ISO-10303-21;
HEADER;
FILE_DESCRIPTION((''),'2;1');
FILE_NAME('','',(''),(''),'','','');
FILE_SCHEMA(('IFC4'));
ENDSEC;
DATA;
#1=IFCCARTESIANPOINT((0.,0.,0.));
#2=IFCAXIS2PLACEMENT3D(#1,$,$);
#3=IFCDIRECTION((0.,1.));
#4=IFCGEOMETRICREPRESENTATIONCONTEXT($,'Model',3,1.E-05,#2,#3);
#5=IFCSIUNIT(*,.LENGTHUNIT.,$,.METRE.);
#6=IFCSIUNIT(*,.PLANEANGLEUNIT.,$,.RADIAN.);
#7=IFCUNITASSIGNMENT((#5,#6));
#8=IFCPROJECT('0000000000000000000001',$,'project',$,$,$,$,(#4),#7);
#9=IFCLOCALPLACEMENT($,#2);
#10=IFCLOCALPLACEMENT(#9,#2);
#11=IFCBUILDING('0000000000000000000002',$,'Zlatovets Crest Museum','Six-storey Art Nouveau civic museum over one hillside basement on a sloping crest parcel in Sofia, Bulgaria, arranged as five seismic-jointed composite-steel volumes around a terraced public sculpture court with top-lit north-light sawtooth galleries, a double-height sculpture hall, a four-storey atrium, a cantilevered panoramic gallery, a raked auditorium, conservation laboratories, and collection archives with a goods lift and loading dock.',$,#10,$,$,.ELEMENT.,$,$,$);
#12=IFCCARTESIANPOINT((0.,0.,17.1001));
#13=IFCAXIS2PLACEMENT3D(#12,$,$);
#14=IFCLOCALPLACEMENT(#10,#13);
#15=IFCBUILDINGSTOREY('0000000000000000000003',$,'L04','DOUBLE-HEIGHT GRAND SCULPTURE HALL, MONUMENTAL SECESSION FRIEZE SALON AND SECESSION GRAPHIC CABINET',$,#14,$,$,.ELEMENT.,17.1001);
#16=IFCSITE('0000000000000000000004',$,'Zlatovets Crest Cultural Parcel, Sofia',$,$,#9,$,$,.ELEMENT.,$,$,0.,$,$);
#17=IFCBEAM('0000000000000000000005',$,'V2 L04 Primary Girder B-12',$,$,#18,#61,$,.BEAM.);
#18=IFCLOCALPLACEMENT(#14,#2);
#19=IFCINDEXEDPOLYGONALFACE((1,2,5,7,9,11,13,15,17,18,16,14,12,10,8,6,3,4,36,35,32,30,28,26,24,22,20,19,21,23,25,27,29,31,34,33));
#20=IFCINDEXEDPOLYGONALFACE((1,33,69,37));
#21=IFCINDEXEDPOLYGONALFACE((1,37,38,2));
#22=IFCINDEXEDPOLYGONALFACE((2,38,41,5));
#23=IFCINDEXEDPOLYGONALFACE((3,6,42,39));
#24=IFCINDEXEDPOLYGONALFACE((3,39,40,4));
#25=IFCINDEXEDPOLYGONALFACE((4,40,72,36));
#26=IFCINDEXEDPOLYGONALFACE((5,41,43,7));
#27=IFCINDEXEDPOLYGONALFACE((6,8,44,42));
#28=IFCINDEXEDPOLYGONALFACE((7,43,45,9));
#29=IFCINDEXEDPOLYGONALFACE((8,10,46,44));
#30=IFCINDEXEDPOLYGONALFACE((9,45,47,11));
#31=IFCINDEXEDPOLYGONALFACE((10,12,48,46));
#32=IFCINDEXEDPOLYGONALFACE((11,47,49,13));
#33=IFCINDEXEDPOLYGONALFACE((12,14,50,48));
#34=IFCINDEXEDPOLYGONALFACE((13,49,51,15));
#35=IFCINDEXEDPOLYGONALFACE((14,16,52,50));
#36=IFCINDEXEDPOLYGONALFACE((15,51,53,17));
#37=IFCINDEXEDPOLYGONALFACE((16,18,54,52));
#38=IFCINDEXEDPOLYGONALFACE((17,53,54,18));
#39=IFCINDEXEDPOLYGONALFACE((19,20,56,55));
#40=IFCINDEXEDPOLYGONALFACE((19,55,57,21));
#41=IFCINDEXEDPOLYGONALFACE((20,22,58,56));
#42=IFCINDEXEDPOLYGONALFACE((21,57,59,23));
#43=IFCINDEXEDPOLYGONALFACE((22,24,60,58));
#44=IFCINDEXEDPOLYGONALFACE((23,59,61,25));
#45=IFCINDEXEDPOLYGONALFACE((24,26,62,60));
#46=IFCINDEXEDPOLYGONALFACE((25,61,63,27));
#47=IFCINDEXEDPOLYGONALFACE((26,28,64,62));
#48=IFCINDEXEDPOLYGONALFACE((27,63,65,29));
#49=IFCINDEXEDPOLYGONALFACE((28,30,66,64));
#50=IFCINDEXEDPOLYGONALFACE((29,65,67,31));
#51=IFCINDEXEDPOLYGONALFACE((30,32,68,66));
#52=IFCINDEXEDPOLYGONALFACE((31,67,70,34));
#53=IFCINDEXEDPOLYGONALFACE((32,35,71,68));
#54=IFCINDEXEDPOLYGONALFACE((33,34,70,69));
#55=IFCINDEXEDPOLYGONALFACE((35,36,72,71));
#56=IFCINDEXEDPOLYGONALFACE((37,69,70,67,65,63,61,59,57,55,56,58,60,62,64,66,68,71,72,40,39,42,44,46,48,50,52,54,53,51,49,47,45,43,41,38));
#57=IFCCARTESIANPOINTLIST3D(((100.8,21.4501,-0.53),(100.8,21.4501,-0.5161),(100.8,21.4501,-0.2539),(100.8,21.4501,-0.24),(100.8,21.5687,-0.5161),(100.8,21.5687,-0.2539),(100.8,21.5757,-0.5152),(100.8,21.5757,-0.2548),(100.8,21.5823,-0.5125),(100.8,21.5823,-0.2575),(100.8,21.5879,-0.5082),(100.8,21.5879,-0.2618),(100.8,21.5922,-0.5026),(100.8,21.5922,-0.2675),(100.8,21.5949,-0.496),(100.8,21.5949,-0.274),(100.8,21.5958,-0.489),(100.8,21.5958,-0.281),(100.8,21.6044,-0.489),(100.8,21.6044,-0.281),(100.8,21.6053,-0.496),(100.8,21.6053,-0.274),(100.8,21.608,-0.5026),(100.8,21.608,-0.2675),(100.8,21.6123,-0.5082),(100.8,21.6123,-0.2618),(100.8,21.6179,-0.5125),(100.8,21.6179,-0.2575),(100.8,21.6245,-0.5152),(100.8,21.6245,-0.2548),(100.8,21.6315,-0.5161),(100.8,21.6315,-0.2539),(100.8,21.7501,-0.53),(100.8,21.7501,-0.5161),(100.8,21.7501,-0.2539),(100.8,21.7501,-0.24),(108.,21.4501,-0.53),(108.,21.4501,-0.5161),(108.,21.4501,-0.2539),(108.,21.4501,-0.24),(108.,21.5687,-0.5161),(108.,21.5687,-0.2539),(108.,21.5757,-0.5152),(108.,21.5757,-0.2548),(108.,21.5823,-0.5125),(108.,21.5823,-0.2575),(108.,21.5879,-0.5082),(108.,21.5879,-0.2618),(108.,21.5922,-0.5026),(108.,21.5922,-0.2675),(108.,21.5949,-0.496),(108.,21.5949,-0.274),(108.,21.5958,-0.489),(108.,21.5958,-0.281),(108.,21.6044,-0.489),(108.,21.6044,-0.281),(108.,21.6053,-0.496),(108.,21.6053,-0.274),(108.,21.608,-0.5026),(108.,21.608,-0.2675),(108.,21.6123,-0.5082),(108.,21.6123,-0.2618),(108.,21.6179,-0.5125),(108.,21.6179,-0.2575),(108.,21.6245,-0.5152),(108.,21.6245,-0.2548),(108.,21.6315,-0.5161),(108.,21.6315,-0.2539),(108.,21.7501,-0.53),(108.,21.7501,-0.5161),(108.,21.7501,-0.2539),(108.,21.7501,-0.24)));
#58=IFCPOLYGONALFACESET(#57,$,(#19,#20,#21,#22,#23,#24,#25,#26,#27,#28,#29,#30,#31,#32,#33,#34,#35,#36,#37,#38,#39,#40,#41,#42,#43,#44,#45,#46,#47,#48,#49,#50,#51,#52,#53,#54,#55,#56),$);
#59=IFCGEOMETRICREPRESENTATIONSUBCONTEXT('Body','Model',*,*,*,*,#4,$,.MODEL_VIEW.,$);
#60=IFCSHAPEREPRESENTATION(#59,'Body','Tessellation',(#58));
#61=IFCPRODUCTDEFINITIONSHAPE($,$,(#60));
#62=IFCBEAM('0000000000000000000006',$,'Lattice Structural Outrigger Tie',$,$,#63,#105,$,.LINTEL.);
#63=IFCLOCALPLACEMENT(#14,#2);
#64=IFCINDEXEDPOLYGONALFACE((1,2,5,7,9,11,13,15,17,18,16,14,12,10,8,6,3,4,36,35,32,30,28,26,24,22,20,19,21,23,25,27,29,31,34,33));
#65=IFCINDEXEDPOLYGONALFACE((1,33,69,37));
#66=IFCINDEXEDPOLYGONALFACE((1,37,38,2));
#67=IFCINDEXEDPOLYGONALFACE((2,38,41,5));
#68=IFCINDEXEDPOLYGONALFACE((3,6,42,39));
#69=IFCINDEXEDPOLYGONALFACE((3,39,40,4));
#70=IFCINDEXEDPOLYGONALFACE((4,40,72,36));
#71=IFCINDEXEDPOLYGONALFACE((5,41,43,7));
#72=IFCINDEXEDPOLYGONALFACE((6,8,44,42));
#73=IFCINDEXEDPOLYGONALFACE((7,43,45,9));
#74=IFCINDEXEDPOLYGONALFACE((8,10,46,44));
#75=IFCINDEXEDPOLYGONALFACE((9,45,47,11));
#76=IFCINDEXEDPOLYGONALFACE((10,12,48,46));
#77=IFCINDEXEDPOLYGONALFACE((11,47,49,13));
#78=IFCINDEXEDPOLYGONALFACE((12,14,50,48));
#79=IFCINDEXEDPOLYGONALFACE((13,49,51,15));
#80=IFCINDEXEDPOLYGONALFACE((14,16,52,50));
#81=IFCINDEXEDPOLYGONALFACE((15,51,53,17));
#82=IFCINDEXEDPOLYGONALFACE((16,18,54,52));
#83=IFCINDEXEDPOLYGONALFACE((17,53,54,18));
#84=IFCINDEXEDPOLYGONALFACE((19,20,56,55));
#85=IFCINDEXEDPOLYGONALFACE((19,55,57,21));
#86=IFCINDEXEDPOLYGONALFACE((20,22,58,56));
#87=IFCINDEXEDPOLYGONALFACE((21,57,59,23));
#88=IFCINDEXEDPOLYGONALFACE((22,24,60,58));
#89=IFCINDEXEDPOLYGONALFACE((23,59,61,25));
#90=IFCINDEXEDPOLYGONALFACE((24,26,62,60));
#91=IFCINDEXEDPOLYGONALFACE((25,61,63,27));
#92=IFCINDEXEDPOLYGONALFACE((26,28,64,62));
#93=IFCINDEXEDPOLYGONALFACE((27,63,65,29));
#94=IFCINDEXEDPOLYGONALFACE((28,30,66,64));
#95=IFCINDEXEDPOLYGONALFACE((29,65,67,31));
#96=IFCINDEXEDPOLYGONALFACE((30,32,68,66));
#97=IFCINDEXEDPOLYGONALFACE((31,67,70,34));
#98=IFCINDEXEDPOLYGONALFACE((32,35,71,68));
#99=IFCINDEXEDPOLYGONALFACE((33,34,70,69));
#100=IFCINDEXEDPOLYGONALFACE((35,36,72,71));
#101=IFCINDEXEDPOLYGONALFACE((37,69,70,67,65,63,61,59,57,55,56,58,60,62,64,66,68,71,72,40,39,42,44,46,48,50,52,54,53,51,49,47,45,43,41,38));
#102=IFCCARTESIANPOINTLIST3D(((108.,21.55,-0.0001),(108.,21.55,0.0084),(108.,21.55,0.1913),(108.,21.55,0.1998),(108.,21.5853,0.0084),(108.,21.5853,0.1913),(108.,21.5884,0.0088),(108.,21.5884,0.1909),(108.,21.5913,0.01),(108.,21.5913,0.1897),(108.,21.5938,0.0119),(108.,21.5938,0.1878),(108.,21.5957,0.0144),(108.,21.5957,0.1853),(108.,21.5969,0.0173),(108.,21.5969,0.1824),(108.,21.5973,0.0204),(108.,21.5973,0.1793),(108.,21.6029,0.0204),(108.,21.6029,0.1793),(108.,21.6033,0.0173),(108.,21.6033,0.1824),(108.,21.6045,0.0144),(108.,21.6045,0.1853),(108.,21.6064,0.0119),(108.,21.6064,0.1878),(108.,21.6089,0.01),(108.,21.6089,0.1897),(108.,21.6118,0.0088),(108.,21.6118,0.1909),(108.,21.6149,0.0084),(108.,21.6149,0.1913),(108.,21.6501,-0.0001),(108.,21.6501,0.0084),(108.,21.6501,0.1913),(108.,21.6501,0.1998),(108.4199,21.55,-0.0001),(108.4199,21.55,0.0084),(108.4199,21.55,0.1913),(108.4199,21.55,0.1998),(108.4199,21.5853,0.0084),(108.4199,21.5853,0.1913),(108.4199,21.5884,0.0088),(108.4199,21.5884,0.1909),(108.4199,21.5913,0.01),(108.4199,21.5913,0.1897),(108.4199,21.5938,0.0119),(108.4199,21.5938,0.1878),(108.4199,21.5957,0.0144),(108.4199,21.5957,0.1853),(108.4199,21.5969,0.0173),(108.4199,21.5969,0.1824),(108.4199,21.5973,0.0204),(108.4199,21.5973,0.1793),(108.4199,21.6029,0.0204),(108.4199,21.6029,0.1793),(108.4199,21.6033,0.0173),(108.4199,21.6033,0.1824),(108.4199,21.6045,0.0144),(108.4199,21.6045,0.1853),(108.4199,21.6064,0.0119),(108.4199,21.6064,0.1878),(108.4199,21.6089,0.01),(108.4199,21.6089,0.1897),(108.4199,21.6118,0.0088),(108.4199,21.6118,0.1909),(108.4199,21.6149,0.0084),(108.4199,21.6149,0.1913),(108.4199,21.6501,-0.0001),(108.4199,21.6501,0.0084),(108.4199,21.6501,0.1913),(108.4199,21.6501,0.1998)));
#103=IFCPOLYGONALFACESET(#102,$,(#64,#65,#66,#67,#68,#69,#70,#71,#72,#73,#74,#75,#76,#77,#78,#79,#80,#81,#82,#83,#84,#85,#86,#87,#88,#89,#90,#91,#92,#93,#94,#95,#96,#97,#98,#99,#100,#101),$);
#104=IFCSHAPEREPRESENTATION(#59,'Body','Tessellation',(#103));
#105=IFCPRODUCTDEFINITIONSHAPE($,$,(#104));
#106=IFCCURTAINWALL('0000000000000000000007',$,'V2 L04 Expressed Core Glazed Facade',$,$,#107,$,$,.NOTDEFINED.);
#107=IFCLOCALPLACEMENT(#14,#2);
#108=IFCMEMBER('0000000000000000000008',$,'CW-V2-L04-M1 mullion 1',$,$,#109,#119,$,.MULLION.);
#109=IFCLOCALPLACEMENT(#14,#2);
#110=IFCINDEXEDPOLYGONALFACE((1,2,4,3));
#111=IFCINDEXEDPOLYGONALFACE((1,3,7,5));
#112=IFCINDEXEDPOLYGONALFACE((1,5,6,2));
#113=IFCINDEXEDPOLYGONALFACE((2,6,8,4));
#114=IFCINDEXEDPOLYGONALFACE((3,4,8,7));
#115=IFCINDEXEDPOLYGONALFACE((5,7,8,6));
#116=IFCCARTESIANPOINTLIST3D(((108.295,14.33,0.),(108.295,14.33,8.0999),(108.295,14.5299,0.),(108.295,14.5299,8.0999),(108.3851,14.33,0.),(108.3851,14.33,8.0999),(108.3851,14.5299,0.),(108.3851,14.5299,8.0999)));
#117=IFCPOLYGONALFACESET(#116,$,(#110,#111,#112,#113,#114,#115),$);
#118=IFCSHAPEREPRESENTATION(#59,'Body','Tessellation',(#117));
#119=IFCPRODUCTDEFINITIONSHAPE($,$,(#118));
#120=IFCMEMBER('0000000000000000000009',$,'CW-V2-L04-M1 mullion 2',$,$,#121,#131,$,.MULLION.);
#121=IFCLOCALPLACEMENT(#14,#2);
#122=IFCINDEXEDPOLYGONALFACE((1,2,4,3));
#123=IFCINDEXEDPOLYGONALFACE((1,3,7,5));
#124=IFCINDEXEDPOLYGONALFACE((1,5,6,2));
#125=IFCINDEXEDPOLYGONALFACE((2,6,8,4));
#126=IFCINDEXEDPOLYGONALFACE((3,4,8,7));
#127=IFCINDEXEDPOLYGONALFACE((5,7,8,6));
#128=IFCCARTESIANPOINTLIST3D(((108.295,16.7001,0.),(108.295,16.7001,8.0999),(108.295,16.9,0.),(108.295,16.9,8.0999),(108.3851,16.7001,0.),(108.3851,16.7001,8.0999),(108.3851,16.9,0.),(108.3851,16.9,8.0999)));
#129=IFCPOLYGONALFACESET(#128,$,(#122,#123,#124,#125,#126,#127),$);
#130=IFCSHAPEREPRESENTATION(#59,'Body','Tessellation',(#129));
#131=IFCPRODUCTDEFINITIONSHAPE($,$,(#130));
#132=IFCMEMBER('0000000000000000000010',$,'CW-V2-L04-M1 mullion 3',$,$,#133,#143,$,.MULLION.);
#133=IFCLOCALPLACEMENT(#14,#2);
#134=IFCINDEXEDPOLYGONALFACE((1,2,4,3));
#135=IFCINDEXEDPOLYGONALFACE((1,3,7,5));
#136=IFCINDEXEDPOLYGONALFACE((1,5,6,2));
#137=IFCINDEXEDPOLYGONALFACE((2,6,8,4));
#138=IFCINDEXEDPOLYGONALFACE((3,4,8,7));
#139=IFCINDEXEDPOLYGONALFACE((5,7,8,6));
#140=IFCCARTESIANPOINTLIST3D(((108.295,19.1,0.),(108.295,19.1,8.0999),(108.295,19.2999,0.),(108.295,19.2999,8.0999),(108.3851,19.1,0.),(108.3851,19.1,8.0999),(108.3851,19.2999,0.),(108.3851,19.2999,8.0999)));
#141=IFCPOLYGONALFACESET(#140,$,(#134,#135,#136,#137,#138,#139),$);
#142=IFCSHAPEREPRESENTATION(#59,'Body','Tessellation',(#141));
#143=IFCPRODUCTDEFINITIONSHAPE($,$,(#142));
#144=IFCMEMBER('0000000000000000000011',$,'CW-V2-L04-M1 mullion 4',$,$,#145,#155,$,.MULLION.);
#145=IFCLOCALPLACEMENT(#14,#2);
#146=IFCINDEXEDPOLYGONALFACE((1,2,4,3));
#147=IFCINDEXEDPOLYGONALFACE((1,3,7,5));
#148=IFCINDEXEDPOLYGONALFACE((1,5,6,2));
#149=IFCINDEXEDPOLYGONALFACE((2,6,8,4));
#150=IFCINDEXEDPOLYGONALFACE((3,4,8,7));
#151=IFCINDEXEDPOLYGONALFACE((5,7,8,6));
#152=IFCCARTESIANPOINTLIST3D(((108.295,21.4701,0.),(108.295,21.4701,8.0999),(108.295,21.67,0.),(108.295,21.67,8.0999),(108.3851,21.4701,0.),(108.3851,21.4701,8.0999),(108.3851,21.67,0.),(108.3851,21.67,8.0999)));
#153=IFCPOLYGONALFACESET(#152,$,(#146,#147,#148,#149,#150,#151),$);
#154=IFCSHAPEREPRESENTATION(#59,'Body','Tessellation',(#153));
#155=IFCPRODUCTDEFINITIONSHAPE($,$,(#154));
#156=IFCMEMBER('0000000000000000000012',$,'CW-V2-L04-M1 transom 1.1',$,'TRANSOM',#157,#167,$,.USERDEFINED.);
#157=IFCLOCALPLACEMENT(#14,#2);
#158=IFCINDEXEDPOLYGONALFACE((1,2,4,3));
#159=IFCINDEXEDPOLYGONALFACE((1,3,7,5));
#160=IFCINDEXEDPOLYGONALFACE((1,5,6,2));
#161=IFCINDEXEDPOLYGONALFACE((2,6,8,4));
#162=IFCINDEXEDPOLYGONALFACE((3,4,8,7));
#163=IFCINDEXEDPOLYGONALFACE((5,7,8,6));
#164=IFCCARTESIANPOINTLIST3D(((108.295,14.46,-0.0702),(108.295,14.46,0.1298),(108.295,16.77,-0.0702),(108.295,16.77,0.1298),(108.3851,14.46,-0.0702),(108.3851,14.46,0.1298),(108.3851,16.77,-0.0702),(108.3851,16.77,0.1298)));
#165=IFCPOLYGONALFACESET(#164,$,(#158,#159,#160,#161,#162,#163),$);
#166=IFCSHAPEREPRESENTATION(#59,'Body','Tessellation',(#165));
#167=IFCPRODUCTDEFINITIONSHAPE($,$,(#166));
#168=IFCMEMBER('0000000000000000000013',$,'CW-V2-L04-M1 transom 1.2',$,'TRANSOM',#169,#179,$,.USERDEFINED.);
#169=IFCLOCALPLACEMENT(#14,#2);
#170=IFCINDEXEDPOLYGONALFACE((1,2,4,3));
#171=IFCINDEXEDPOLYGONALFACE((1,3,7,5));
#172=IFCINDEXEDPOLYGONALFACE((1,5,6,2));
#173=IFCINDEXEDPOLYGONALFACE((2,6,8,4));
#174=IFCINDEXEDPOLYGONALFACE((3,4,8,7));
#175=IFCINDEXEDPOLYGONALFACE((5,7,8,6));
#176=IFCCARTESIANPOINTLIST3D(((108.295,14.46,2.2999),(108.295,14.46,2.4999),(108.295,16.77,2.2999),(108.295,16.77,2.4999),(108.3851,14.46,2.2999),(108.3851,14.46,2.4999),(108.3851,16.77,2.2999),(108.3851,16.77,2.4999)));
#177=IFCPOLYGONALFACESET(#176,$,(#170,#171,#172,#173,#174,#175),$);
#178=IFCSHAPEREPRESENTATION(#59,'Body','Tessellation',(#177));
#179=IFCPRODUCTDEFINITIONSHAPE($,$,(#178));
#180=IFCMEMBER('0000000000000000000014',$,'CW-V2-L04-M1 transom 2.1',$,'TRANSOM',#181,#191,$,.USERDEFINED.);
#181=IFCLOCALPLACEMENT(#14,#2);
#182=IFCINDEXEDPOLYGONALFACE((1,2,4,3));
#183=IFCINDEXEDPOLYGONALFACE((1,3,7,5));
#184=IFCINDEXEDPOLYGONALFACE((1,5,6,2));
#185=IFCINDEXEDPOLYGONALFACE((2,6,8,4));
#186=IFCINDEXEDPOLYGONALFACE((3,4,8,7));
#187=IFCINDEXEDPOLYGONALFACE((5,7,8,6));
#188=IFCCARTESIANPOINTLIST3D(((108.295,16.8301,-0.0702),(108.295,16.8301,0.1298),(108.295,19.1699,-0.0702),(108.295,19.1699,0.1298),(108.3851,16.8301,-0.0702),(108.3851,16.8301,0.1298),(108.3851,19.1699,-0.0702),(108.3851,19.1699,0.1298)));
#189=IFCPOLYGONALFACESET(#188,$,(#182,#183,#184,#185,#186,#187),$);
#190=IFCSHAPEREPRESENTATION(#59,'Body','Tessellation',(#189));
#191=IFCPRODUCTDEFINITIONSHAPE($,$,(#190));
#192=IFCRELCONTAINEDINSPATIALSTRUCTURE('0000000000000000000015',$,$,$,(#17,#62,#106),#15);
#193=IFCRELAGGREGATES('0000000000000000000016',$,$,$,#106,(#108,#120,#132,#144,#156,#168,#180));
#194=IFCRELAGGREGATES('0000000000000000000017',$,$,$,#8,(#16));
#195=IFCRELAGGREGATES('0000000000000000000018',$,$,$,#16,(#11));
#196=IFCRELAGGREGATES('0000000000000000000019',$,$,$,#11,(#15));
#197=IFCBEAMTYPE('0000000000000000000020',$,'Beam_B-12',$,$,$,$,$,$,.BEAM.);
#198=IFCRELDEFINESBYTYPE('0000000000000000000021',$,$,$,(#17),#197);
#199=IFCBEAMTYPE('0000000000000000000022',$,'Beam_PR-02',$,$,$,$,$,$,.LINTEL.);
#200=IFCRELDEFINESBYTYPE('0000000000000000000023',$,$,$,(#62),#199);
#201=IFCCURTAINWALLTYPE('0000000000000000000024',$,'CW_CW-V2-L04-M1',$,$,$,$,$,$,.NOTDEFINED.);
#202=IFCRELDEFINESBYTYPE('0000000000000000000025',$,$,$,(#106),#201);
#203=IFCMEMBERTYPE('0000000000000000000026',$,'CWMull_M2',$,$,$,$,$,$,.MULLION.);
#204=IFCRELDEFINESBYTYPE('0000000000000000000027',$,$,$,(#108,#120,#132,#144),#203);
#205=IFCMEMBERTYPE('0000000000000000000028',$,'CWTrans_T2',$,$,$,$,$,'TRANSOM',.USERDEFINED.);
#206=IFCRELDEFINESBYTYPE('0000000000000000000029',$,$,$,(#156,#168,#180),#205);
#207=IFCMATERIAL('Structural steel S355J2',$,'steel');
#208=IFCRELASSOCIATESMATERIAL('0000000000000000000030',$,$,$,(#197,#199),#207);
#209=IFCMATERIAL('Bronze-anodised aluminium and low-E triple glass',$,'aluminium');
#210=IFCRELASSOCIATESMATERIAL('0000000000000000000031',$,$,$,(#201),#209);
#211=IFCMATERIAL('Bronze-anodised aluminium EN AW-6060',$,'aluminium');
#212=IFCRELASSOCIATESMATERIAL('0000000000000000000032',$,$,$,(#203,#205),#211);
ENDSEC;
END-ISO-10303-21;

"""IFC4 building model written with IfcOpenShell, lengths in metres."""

from ifc_helpers import new_model, si_unit, direction, frame, origin, origin_2d, place, context, subcontext, project, spatial, rectangle, i_section, extrude, material, material_profile, profile_set, type_object, element, aggregate, save


model = new_model("IFC4")

# Units and contexts
model_context = context("Model", 3, precision=1e-05, world=origin(), true_north=direction((0.0, 1.0)))
body_context = subcontext(model_context, "Body", "Model", "MODEL_VIEW")
ifc_project = project(units=[si_unit("LENGTHUNIT", "METRE"), si_unit("PLANEANGLEUNIT", "RADIAN")], contexts=[model_context])

# Site, building, storey
site_placement = place(None, origin())
site = spatial("IfcSite", under=ifc_project, at=site_placement, Name="Zlatovets Crest Cultural Parcel, Sofia", CompositionType="ELEMENT", RefElevation=0.0)
building_placement = place(site_placement, origin())
building = spatial("IfcBuilding", under=site, at=building_placement, Name="Zlatovets Crest Museum", Description="Six-storey Art Nouveau civic museum over one hillside basement on a sloping crest parcel in Sofia, Bulgaria, arranged as five seismic-jointed composite-steel volumes around a terraced public sculpture court with top-lit north-light sawtooth galleries, a double-height sculpture hall, a four-storey atrium, a cantilevered panoramic gallery, a raked auditorium, conservation laboratories, and collection archives with a goods lift and loading dock.", CompositionType="ELEMENT")
storey_placement = place(building_placement, frame((0.0, 0.0, 17.1001)))
storey = spatial("IfcBuildingStorey", under=building, at=storey_placement, Name="L04", Description="DOUBLE-HEIGHT GRAND SCULPTURE HALL, MONUMENTAL SECESSION FRIEZE SALON AND SECESSION GRAPHIC CABINET", CompositionType="ELEMENT", Elevation=17.1001)

# Shared definitions
ifc_material_1 = material(Name="Structural steel S355J2", Category="steel")

# Beams
ifc_material_profile_1 = material_profile(ifc_material_1, i_section(OverallWidth=0.3, OverallDepth=0.29, WebThickness=0.0085, FlangeThickness=0.0139, FilletRadius=0.0271, at=origin_2d()), Name="HEA 300")
ifc_profile_set_1 = profile_set([ifc_material_profile_1], Name="Structural steel S355J2")
beam_type_1 = type_object("IfcBeamType", Name="Beam_B-12", PredefinedType="BEAM", material=ifc_profile_set_1)
beam_1_placement = place(storey_placement, frame((100.8, 21.6001, -0.385), z_axis=(1.0, 0.0, 0.0), x_axis=(0.0, 1.0, 0.0)))
element("IfcBeam", 1, at=beam_1_placement, inside=storey, type_object=beam_type_1, Name="V2 L04 Primary Girder B-12", PredefinedType="BEAM", context=body_context, shape_type="SweptSolid", body=[
    extrude(i_section(OverallWidth=0.3, OverallDepth=0.29, WebThickness=0.0085, FlangeThickness=0.0139, FilletRadius=0.0271, at=origin_2d()), origin(), (0.0, 0.0, 1.0), 7.2),
])
ifc_material_profile_2 = material_profile(ifc_material_1, i_section(OverallWidth=0.1001, OverallDepth=0.2, WebThickness=0.0056, FlangeThickness=0.0085, FilletRadius=0.012, at=origin_2d()), Name="IPE 200")
ifc_profile_set_2 = profile_set([ifc_material_profile_2], Name="Structural steel S355J2")
beam_type_2 = type_object("IfcBeamType", Name="Beam_PR-02", PredefinedType="LINTEL", material=ifc_profile_set_2)
beam_2_placement = place(storey_placement, frame((108.0, 21.6001, 0.0999), z_axis=(1.0, 0.0, 0.0), x_axis=(0.0, 1.0, 0.0)))
element("IfcBeam", 2, at=beam_2_placement, inside=storey, type_object=beam_type_2, Name="Lattice Structural Outrigger Tie", PredefinedType="LINTEL", context=body_context, shape_type="SweptSolid", body=[
    extrude(i_section(OverallWidth=0.1001, OverallDepth=0.2, WebThickness=0.0056, FlangeThickness=0.0085, FilletRadius=0.012, at=origin_2d()), origin(), (0.0, 0.0, 1.0), 0.4199),
])

# Curtain wall, members
ifc_material_2 = material(Name="Bronze-anodised aluminium and low-E triple glass", Category="aluminium")
curtain_wall_type = type_object("IfcCurtainWallType", Name="CW_CW-V2-L04-M1", PredefinedType="NOTDEFINED", material=ifc_material_2)
curtain_wall_placement = place(storey_placement, origin())
curtain_wall = element("IfcCurtainWall", 3, at=curtain_wall_placement, inside=storey, type_object=curtain_wall_type, Name="V2 L04 Expressed Core Glazed Facade", PredefinedType="NOTDEFINED")
ifc_material_3 = material(Name="Bronze-anodised aluminium EN AW-6060", Category="aluminium")
ifc_material_profile_3 = material_profile(ifc_material_3, rectangle(XDim=0.0901, YDim=0.2, at=origin_2d()), Name="ALU 90x200")
ifc_profile_set_3 = profile_set([ifc_material_profile_3], Name="Bronze-anodised aluminium EN AW-6060")
member_type_1 = type_object("IfcMemberType", Name="CWMull_M2", PredefinedType="MULLION", material=ifc_profile_set_3)
member_1_placement = place(storey_placement, frame((108.3401, 14.4299, 0.0), z_axis=(0.0, 0.0, 1.0), x_axis=(-1.0, 0.0, 0.0)))
member_1 = element("IfcMember", 4, at=member_1_placement, type_object=member_type_1, Name="CW-V2-L04-M1 mullion 1", PredefinedType="MULLION", context=body_context, shape_type="SweptSolid", body=[
    extrude(rectangle(XDim=0.0901, YDim=0.2, at=origin_2d()), origin(), (0.0, 0.0, 1.0), 8.0999),
])
member_2_placement = place(storey_placement, frame((108.3401, 16.8, 0.0), z_axis=(0.0, 0.0, 1.0), x_axis=(-1.0, 0.0, 0.0)))
member_2 = element("IfcMember", 5, at=member_2_placement, type_object=member_type_1, Name="CW-V2-L04-M1 mullion 2", PredefinedType="MULLION", context=body_context, shape_type="SweptSolid", body=[
    extrude(rectangle(XDim=0.0901, YDim=0.2, at=origin_2d()), origin(), (0.0, 0.0, 1.0), 8.0999),
])
member_3_placement = place(storey_placement, frame((108.3401, 19.2, 0.0), z_axis=(0.0, 0.0, 1.0), x_axis=(-1.0, 0.0, 0.0)))
member_3 = element("IfcMember", 6, at=member_3_placement, type_object=member_type_1, Name="CW-V2-L04-M1 mullion 3", PredefinedType="MULLION", context=body_context, shape_type="SweptSolid", body=[
    extrude(rectangle(XDim=0.0901, YDim=0.2, at=origin_2d()), origin(), (0.0, 0.0, 1.0), 8.0999),
])
member_4_placement = place(storey_placement, frame((108.3401, 21.5701, 0.0), z_axis=(0.0, 0.0, 1.0), x_axis=(-1.0, 0.0, 0.0)))
member_4 = element("IfcMember", 7, at=member_4_placement, type_object=member_type_1, Name="CW-V2-L04-M1 mullion 4", PredefinedType="MULLION", context=body_context, shape_type="SweptSolid", body=[
    extrude(rectangle(XDim=0.0901, YDim=0.2, at=origin_2d()), origin(), (0.0, 0.0, 1.0), 8.0999),
])
ifc_material_profile_4 = material_profile(ifc_material_3, rectangle(XDim=0.0901, YDim=0.2, at=origin_2d()), Name="ALU 90x200")
ifc_profile_set_4 = profile_set([ifc_material_profile_4], Name="Bronze-anodised aluminium EN AW-6060")
member_type_2 = type_object("IfcMemberType", Name="CWTrans_T2", ElementType="TRANSOM", PredefinedType="USERDEFINED", material=ifc_profile_set_4)
member_5_placement = place(storey_placement, frame((108.3401, 14.46, 0.0298), z_axis=(0.0, 1.0, 0.0), x_axis=(-1.0, 0.0, 0.0)))
member_5 = element("IfcMember", 8, at=member_5_placement, type_object=member_type_2, Name="CW-V2-L04-M1 transom 1.1", ObjectType="TRANSOM", PredefinedType="USERDEFINED", context=body_context, shape_type="SweptSolid", body=[
    extrude(rectangle(XDim=0.0901, YDim=0.2, at=origin_2d()), origin(), (0.0, 0.0, 1.0), 2.3101),
])
member_6_placement = place(storey_placement, frame((108.3401, 14.46, 2.3999), z_axis=(0.0, 1.0, 0.0), x_axis=(-1.0, 0.0, 0.0)))
member_6 = element("IfcMember", 9, at=member_6_placement, type_object=member_type_2, Name="CW-V2-L04-M1 transom 1.2", ObjectType="TRANSOM", PredefinedType="USERDEFINED", context=body_context, shape_type="SweptSolid", body=[
    extrude(rectangle(XDim=0.0901, YDim=0.2, at=origin_2d()), origin(), (0.0, 0.0, 1.0), 2.3101),
])
member_7_placement = place(storey_placement, frame((108.3401, 16.8301, 0.0298), z_axis=(0.0, 1.0, 0.0), x_axis=(-1.0, 0.0, 0.0)))
member_7 = element("IfcMember", 10, at=member_7_placement, type_object=member_type_2, Name="CW-V2-L04-M1 transom 2.1", ObjectType="TRANSOM", PredefinedType="USERDEFINED", context=body_context, shape_type="SweptSolid", body=[
    extrude(rectangle(XDim=0.0901, YDim=0.2, at=origin_2d()), origin(), (0.0, 0.0, 1.0), 2.3398),
])

aggregate(curtain_wall, [member_1, member_2, member_3, member_4, member_5, member_6, member_7])

save(model, "model.ifc")
